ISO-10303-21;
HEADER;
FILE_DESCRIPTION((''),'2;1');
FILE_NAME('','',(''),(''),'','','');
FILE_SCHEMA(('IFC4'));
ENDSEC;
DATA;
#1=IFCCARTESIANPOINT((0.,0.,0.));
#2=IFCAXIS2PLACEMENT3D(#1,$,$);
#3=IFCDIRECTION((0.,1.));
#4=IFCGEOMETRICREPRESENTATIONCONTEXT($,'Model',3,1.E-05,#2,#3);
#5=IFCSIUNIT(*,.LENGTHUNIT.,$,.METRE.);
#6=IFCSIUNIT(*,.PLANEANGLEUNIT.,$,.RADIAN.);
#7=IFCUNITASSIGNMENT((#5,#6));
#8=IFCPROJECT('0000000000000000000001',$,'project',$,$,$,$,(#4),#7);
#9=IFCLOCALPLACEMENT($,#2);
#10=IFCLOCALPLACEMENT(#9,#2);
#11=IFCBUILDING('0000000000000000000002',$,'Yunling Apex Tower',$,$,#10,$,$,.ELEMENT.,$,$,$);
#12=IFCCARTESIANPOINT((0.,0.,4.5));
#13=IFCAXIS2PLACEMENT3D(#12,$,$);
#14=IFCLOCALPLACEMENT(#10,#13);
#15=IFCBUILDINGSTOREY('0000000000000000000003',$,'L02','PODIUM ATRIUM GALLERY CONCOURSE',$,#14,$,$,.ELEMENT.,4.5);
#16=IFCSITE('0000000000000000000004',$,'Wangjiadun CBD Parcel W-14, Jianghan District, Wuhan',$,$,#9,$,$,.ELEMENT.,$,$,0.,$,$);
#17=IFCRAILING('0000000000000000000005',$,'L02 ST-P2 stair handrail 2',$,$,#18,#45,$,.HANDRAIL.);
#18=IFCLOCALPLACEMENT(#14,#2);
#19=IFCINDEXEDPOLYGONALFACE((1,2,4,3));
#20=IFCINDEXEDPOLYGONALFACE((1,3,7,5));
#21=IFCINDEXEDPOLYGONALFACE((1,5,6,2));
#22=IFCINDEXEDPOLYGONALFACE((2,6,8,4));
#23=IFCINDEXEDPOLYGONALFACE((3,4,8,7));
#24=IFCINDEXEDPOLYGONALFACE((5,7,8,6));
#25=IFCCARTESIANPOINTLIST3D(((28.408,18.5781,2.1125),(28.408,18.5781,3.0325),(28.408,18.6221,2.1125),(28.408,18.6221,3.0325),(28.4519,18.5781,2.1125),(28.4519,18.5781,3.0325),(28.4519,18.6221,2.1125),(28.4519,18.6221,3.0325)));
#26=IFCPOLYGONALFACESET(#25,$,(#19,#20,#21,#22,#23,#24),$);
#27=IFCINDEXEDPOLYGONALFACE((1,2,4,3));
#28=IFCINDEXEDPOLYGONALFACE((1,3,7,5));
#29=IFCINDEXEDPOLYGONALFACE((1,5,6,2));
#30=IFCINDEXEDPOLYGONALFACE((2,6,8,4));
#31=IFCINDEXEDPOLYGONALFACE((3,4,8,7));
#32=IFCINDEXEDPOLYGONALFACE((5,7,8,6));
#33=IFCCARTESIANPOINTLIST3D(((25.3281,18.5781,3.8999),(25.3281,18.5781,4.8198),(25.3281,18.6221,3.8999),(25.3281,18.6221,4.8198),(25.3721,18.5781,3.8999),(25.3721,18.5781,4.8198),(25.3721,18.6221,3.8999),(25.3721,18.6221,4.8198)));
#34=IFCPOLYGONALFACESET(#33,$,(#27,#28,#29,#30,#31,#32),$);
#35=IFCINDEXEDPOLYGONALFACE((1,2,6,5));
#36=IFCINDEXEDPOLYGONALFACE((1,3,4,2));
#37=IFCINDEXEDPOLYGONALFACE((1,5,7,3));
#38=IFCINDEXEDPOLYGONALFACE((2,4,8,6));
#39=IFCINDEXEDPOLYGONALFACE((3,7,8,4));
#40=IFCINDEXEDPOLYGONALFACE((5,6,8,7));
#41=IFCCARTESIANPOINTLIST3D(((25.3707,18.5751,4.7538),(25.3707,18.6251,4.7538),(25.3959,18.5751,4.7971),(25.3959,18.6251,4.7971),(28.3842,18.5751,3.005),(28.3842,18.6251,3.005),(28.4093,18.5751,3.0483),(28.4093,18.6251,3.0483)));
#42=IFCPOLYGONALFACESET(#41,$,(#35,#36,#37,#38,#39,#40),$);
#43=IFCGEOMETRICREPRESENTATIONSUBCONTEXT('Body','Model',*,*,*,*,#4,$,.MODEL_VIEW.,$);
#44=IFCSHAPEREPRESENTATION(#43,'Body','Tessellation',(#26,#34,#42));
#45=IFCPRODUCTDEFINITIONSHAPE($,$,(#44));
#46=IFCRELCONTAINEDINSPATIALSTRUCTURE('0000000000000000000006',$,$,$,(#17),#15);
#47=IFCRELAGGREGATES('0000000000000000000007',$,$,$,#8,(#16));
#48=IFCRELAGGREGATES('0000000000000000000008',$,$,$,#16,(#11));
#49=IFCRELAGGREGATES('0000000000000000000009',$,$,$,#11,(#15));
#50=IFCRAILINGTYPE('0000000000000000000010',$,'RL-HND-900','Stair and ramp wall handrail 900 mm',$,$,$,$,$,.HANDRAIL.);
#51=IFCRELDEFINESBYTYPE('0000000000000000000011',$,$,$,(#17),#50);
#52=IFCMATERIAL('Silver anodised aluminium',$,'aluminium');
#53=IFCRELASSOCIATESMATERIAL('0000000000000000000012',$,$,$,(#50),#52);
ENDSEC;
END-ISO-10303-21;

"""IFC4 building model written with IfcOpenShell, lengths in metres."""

from ifc_helpers import new_model, si_unit, direction, frame, origin, origin_2d, place, context, subcontext, project, spatial, rectangle, extrude, material, type_object, element, save


model = new_model("IFC4")

# Units and contexts
model_context = context("Model", 3, precision=1e-05, world=origin(), true_north=direction((0.0, 1.0)))
body_context = subcontext(model_context, "Body", "Model", "MODEL_VIEW")
ifc_project = project(units=[si_unit("LENGTHUNIT", "METRE"), si_unit("PLANEANGLEUNIT", "RADIAN")], contexts=[model_context])

# Site, building, storey
site_placement = place(None, origin())
site = spatial("IfcSite", under=ifc_project, at=site_placement, Name="Wangjiadun CBD Parcel W-14, Jianghan District, Wuhan", CompositionType="ELEMENT", RefElevation=0.0)
building_placement = place(site_placement, origin())
building = spatial("IfcBuilding", under=site, at=building_placement, Name="Yunling Apex Tower", CompositionType="ELEMENT")
storey_placement = place(building_placement, frame((0.0, 0.0, 4.5)))
storey = spatial("IfcBuildingStorey", under=building, at=storey_placement, Name="L02", Description="PODIUM ATRIUM GALLERY CONCOURSE", CompositionType="ELEMENT", Elevation=4.5)

# Railing
ifc_material_1 = material(Name="Silver anodised aluminium", Category="aluminium")
railing_type_1 = type_object("IfcRailingType", Name="RL-HND-900", Description="Stair and ramp wall handrail 900 mm", PredefinedType="HANDRAIL", material=ifc_material_1)
railing_1_placement = place(storey_placement, frame((28.4299, 18.6001, 2.1125)))
element("IfcRailing", 1, at=railing_1_placement, inside=storey, type_object=railing_type_1, Name="L02 ST-P2 stair handrail 2", PredefinedType="HANDRAIL", context=body_context, shape_type="SweptSolid", body=[
    extrude(rectangle(XDim=0.0439, YDim=0.0439, at=origin_2d()), origin(), (0.0, 0.0, 1.0), 0.9199),
    extrude(rectangle(XDim=0.0439, YDim=0.0439, at=origin_2d()), frame((-3.0798, 0.0, 1.7874)), (0.0, 0.0, 1.0), 0.9199),
    extrude(rectangle(XDim=0.05, YDim=0.05, at=origin_2d()), frame((-0.0332, 0.0, 0.9141), z_axis=(-0.864903, 0.0, 0.501939), x_axis=(0.0, -1.0, 0.0)), (0.0, 0.0, 1.0), 3.4841),
])

save(model, "model.ifc")
